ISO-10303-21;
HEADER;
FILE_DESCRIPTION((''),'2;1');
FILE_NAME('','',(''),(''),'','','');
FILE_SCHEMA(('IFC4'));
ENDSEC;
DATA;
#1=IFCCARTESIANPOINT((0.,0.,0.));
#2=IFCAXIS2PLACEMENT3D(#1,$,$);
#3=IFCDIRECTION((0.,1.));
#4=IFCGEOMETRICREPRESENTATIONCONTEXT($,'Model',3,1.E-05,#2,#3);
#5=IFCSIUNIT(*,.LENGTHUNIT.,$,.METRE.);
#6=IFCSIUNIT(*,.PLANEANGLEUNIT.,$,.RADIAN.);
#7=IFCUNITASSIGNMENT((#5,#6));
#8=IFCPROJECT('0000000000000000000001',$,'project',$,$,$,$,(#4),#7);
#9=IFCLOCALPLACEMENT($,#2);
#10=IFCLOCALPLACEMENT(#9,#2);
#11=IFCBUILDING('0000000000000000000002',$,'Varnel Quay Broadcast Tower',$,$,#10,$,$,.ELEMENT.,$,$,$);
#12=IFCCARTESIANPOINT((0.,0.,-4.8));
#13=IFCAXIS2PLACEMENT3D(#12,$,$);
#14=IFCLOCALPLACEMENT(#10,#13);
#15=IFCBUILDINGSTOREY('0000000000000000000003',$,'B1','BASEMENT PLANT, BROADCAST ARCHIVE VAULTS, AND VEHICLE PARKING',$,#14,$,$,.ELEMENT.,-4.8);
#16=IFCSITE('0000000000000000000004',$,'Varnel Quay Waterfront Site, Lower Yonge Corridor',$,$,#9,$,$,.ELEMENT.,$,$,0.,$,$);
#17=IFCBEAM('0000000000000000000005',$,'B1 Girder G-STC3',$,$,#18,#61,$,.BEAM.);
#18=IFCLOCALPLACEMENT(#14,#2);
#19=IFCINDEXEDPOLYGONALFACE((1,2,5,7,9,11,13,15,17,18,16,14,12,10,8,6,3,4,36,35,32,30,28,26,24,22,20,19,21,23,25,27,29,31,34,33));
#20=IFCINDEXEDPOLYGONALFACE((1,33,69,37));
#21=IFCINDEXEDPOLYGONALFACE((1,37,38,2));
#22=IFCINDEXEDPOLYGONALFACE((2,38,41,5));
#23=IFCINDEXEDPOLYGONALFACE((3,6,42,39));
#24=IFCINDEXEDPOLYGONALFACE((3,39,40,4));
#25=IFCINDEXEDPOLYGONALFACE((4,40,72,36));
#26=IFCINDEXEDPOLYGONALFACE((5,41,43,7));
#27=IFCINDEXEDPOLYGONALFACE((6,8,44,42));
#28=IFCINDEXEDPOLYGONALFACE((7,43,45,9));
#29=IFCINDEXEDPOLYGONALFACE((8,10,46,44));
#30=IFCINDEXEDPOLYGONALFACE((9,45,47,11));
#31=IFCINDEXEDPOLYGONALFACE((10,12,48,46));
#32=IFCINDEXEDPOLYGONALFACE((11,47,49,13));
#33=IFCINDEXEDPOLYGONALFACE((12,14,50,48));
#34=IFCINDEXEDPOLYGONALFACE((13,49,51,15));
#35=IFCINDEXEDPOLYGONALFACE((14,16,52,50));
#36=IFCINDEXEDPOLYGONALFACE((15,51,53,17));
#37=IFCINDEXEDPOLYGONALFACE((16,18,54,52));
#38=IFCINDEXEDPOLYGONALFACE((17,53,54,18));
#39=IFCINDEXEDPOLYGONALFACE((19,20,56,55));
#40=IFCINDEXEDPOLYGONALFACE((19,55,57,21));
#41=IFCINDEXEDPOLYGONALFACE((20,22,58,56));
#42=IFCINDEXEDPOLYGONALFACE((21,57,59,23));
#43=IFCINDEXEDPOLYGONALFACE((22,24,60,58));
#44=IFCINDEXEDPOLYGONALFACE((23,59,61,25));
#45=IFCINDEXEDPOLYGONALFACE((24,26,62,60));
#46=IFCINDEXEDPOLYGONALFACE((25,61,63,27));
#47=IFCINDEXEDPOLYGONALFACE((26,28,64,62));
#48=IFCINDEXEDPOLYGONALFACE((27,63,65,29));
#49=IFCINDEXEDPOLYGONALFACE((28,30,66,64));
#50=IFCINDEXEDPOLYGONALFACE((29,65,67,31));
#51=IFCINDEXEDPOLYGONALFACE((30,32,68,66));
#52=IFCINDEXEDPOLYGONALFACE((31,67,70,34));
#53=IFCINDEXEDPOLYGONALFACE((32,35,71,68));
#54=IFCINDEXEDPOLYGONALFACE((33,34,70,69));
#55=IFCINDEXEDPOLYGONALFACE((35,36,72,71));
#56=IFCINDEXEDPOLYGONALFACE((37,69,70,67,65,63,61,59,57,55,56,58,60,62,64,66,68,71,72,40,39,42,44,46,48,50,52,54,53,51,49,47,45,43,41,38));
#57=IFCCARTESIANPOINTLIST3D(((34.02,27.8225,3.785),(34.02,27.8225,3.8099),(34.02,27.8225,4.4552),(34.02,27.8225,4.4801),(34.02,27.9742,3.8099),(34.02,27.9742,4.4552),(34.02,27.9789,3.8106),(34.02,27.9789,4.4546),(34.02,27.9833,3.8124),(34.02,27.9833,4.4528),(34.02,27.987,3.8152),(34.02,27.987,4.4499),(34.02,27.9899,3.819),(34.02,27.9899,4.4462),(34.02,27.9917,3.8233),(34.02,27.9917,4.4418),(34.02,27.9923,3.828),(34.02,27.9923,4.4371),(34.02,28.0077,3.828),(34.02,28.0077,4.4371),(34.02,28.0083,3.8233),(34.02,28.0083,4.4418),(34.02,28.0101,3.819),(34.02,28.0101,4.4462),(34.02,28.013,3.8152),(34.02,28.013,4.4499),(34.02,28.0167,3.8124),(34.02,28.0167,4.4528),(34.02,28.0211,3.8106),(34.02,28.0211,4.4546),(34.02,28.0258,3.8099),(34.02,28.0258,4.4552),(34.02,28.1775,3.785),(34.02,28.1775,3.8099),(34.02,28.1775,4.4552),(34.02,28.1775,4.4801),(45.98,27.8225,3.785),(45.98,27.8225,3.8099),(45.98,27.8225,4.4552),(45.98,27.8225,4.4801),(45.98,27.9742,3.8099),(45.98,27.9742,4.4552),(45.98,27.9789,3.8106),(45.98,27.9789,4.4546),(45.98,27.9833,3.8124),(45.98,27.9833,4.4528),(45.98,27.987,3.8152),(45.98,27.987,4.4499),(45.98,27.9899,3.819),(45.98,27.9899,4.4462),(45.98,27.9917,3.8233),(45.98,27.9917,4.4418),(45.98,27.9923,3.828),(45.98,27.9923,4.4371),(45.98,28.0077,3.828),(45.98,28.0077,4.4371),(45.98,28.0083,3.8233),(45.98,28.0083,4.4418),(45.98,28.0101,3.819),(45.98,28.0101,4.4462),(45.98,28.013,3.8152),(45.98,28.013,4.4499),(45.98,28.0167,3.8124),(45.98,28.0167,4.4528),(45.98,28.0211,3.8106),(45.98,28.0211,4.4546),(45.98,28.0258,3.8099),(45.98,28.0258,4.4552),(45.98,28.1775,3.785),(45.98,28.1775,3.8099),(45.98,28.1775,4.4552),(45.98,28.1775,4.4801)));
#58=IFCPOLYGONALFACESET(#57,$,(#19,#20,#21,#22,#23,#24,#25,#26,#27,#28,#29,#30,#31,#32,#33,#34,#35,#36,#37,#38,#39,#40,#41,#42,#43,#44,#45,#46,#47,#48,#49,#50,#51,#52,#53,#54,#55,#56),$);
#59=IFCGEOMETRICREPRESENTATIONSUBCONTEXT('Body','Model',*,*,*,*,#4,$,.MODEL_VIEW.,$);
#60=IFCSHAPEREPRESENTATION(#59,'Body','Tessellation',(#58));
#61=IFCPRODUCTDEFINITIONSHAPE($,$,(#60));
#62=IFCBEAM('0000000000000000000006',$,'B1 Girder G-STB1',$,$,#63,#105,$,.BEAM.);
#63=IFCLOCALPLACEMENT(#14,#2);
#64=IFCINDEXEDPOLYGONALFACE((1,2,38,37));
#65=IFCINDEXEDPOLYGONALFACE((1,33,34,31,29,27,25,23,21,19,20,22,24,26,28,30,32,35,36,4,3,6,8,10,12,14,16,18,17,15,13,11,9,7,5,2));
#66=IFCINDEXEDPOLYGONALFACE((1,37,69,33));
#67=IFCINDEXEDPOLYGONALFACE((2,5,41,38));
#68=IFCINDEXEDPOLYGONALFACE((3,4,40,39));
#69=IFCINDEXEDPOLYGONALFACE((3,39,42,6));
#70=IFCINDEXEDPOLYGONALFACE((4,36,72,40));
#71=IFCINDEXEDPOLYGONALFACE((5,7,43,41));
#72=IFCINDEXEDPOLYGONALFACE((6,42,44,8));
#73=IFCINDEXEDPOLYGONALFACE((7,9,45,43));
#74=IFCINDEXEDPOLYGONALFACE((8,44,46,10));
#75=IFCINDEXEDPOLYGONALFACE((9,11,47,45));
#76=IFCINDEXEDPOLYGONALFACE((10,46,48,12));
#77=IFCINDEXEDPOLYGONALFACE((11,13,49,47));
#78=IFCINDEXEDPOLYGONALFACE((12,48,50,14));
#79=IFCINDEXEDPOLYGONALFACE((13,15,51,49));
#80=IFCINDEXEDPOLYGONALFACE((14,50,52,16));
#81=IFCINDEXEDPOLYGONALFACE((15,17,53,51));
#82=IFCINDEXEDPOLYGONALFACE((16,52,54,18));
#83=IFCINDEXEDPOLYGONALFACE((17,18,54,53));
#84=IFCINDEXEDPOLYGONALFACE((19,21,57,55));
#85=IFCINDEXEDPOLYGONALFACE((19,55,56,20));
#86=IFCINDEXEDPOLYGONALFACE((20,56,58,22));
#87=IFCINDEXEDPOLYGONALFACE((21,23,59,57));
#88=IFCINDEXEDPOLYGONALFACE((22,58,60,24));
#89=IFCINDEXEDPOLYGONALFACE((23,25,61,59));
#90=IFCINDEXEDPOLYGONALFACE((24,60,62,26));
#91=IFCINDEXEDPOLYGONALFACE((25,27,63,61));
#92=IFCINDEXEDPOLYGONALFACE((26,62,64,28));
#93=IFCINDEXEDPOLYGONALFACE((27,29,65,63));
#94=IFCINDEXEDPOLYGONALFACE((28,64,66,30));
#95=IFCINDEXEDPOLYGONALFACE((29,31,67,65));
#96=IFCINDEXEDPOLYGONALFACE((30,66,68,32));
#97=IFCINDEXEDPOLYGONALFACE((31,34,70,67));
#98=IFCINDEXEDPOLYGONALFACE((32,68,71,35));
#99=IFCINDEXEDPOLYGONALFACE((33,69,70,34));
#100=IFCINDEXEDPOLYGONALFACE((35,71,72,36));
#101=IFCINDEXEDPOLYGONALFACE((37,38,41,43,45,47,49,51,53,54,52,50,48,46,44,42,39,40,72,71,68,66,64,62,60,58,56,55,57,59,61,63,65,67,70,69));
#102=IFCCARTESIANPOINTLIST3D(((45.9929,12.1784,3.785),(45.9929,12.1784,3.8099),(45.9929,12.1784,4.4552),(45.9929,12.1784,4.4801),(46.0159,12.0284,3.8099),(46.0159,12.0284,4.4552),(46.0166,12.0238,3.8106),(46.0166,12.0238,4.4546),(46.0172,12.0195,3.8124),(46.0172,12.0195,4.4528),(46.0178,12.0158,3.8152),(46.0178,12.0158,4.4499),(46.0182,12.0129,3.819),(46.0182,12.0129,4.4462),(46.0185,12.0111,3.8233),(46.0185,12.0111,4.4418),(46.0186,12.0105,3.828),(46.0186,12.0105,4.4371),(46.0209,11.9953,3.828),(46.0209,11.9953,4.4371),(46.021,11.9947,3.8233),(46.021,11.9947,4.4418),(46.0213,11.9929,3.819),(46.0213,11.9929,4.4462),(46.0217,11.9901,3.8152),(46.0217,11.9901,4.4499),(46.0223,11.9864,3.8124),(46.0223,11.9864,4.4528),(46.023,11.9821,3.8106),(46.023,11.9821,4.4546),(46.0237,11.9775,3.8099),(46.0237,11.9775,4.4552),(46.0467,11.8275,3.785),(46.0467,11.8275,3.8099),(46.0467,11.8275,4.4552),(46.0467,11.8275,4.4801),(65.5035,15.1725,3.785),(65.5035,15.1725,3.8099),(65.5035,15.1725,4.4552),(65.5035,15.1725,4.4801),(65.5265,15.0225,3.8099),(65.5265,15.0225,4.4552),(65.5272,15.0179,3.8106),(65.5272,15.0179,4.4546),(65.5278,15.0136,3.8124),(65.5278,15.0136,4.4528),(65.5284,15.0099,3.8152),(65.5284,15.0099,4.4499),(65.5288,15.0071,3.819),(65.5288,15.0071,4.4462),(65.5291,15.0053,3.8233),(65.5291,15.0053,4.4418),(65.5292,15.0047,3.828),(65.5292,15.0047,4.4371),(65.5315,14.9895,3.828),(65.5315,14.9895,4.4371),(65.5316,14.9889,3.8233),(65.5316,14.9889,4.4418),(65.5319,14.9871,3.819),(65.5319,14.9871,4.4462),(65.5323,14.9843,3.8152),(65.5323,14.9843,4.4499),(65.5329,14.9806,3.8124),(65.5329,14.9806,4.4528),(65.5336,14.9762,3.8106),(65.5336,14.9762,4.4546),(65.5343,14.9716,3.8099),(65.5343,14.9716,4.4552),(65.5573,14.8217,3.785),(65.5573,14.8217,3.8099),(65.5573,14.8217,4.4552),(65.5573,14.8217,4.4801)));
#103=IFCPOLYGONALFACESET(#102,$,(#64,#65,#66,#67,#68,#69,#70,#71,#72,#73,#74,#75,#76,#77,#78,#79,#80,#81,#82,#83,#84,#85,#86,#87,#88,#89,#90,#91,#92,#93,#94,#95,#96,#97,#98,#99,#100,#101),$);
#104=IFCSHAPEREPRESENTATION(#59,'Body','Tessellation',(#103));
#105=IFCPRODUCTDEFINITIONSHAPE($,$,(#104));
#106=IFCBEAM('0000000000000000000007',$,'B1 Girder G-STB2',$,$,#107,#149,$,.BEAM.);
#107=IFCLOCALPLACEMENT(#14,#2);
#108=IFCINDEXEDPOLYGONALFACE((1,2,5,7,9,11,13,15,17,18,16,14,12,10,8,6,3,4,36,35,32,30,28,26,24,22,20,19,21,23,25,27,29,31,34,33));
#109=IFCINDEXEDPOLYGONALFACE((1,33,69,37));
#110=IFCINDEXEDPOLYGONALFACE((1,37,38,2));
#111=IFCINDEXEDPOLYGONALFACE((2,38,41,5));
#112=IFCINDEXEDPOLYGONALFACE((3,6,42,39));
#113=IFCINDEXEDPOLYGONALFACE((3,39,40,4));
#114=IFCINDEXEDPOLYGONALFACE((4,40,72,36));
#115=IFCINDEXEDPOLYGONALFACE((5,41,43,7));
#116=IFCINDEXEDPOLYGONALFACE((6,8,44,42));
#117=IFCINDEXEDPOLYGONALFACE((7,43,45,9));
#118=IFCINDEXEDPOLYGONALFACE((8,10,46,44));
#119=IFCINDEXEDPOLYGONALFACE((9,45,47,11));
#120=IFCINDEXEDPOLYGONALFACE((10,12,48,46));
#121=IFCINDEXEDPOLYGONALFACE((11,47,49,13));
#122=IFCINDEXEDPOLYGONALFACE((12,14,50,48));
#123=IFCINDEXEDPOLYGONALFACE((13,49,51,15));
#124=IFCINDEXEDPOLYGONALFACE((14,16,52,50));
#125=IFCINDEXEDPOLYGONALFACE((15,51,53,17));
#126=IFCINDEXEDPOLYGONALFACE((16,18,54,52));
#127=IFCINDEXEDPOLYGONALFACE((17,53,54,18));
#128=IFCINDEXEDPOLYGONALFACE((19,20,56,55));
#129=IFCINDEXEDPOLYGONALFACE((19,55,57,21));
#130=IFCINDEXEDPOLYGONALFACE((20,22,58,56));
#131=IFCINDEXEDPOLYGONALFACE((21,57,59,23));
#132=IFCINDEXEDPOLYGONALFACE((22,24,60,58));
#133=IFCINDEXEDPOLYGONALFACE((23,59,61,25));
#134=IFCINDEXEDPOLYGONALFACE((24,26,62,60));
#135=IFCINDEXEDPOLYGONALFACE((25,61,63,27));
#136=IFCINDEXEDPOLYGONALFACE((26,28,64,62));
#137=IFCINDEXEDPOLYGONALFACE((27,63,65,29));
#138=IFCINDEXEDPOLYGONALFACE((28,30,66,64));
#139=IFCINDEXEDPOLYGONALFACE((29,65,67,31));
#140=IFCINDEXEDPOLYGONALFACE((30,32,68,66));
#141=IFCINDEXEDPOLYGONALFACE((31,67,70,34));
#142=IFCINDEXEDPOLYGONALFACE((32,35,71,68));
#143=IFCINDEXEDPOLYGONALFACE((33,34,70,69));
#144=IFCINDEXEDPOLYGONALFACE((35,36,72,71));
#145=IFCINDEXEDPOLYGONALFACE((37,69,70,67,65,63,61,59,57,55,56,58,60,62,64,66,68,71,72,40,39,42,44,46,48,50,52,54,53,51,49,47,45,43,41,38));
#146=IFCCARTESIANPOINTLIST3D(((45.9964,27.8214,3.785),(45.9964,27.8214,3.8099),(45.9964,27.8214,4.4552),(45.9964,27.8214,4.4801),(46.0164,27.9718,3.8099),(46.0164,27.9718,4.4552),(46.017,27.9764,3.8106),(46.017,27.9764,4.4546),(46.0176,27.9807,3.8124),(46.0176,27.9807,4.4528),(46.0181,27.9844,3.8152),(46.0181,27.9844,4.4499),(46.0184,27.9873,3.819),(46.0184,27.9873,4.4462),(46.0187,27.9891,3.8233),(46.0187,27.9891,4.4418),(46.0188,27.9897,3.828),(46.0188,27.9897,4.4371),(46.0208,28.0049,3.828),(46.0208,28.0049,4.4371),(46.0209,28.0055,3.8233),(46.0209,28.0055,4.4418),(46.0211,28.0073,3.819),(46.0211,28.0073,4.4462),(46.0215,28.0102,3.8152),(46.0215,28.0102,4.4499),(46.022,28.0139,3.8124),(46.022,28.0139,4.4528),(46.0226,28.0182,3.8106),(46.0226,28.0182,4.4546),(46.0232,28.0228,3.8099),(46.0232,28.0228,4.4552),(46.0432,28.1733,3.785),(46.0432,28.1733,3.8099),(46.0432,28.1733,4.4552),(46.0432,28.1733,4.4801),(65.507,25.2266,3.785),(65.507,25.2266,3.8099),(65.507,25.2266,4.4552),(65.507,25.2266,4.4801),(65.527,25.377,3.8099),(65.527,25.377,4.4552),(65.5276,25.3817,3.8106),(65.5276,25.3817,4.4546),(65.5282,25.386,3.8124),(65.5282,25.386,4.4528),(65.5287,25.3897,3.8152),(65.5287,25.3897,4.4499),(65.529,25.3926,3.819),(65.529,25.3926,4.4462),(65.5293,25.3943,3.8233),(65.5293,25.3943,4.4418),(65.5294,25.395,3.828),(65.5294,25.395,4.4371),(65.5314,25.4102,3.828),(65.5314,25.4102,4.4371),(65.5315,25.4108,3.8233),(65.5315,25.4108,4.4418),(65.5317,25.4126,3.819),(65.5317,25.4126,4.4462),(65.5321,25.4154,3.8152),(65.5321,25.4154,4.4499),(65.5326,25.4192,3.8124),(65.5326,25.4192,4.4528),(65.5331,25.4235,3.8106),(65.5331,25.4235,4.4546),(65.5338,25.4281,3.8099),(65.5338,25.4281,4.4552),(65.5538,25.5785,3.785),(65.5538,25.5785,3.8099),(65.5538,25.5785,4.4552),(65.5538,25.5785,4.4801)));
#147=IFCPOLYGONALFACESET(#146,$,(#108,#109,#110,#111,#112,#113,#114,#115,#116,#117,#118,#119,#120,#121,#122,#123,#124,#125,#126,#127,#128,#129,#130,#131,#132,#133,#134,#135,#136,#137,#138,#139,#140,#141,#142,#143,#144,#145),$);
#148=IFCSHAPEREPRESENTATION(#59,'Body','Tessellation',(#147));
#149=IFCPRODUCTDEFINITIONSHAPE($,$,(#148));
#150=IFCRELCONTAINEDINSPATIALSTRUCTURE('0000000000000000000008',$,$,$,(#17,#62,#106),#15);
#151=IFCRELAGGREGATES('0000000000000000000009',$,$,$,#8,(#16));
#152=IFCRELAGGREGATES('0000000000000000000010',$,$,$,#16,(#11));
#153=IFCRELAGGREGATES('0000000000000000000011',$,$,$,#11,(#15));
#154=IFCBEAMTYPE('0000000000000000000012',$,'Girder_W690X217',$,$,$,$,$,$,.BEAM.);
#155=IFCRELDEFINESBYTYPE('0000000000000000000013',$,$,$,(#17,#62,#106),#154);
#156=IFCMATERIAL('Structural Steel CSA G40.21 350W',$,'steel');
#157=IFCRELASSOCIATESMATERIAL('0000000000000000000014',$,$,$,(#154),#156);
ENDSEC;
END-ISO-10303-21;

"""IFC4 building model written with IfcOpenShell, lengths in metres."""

from ifc_helpers import new_model, si_unit, direction, frame, origin, origin_2d, place, context, subcontext, project, spatial, i_section, extrude, source, transform, mapped, material, material_profile, profile_set, type_object, element, save


model = new_model("IFC4")

# Units and contexts
model_context = context("Model", 3, precision=1e-05, world=origin(), true_north=direction((0.0, 1.0)))
body_context = subcontext(model_context, "Body", "Model", "MODEL_VIEW")
ifc_project = project(units=[si_unit("LENGTHUNIT", "METRE"), si_unit("PLANEANGLEUNIT", "RADIAN")], contexts=[model_context])

# Site, building, storey
site_placement = place(None, origin())
site = spatial("IfcSite", under=ifc_project, at=site_placement, Name="Varnel Quay Waterfront Site, Lower Yonge Corridor", CompositionType="ELEMENT", RefElevation=0.0)
building_placement = place(site_placement, origin())
building = spatial("IfcBuilding", under=site, at=building_placement, Name="Varnel Quay Broadcast Tower", CompositionType="ELEMENT")
storey_placement = place(building_placement, frame((0.0, 0.0, -4.8)))
storey = spatial("IfcBuildingStorey", under=building, at=storey_placement, Name="B1", Description="BASEMENT PLANT, BROADCAST ARCHIVE VAULTS, AND VEHICLE PARKING", CompositionType="ELEMENT", Elevation=-4.8)

# Beams
ifc_material_1 = material(Name="Structural Steel CSA G40.21 350W", Category="steel")
ifc_material_profile_1 = material_profile(ifc_material_1, i_section(OverallWidth=0.355, OverallDepth=0.6951, WebThickness=0.0154, FlangeThickness=0.0249, FilletRadius=0.0181, at=origin_2d()), Name="W690X217")
ifc_profile_set_1 = profile_set([ifc_material_profile_1], Name="Structural Steel CSA G40.21 350W")
beam_type_1 = type_object("IfcBeamType", Name="Girder_W690X217", PredefinedType="BEAM", material=ifc_profile_set_1)
shared_shape_1 = source(origin(), body_context, "Body", "SweptSolid", [
    extrude(i_section(OverallWidth=0.355, OverallDepth=0.6951, WebThickness=0.0154, FlangeThickness=0.0249, FilletRadius=0.0181, at=origin_2d()), origin(), (0.0, 0.0, 1.0), 11.96),
])
for number, where, z_axis, x_axis, name in (
    (1, (34.02, 28.0, 4.1326), (1.0, 0.0, 0.0), (0.0, 1.0, 0.0), "B1 Girder G-STC3"),
):
    element("IfcBeam", number, at=place(storey_placement, frame(where, z_axis=z_axis, x_axis=x_axis)), inside=storey, type_object=beam_type_1, Name=name, PredefinedType="BEAM", context=body_context, shape_type="MappedRepresentation", body=[
        mapped(shared_shape_1, transform((0.0, 0.0, 0.0), x_axis=(1.0, 0.0, 0.0), y_axis=(0.0, 1.0, 0.0), z_axis=(0.0, 0.0, 1.0), scale=1.0)),
    ])
shared_shape_2 = source(origin(), body_context, "Body", "SweptSolid", [
    extrude(i_section(OverallWidth=0.355, OverallDepth=0.6951, WebThickness=0.0154, FlangeThickness=0.0249, FilletRadius=0.0181, at=origin_2d()), origin(), (0.0, 0.0, 1.0), 19.739),
])
beam_1_placement = place(storey_placement, frame((46.0198, 12.0029, 4.1326), z_axis=(0.988429, 0.151687, 0.0), x_axis=(-0.151687, 0.988429, 0.0)))
element("IfcBeam", 2, at=beam_1_placement, inside=storey, type_object=beam_type_1, Name="B1 Girder G-STB1", PredefinedType="BEAM", context=body_context, shape_type="MappedRepresentation", body=[
    mapped(shared_shape_2, transform((0.0, 0.0, 0.0), x_axis=(1.0, 0.0, 0.0), y_axis=(0.0, 1.0, 0.0), z_axis=(0.0, 0.0, 1.0), scale=1.0)),
])
shared_shape_3 = source(origin(), body_context, "Body", "SweptSolid", [
    extrude(i_section(OverallWidth=0.355, OverallDepth=0.6951, WebThickness=0.0154, FlangeThickness=0.0249, FilletRadius=0.0181, at=origin_2d()), origin(), (0.0, 0.0, 1.0), 19.6824),
])
beam_2_placement = place(storey_placement, frame((46.0198, 27.9973, 4.1326), z_axis=(0.991272, -0.131831, 0.0), x_axis=(0.131831, 0.991272, 0.0)))
element("IfcBeam", 3, at=beam_2_placement, inside=storey, type_object=beam_type_1, Name="B1 Girder G-STB2", PredefinedType="BEAM", context=body_context, shape_type="MappedRepresentation", body=[
    mapped(shared_shape_3, transform((0.0, 0.0, 0.0), x_axis=(1.0, 0.0, 0.0), y_axis=(0.0, 1.0, 0.0), z_axis=(0.0, 0.0, 1.0), scale=1.0)),
])

save(model, "model.ifc")
